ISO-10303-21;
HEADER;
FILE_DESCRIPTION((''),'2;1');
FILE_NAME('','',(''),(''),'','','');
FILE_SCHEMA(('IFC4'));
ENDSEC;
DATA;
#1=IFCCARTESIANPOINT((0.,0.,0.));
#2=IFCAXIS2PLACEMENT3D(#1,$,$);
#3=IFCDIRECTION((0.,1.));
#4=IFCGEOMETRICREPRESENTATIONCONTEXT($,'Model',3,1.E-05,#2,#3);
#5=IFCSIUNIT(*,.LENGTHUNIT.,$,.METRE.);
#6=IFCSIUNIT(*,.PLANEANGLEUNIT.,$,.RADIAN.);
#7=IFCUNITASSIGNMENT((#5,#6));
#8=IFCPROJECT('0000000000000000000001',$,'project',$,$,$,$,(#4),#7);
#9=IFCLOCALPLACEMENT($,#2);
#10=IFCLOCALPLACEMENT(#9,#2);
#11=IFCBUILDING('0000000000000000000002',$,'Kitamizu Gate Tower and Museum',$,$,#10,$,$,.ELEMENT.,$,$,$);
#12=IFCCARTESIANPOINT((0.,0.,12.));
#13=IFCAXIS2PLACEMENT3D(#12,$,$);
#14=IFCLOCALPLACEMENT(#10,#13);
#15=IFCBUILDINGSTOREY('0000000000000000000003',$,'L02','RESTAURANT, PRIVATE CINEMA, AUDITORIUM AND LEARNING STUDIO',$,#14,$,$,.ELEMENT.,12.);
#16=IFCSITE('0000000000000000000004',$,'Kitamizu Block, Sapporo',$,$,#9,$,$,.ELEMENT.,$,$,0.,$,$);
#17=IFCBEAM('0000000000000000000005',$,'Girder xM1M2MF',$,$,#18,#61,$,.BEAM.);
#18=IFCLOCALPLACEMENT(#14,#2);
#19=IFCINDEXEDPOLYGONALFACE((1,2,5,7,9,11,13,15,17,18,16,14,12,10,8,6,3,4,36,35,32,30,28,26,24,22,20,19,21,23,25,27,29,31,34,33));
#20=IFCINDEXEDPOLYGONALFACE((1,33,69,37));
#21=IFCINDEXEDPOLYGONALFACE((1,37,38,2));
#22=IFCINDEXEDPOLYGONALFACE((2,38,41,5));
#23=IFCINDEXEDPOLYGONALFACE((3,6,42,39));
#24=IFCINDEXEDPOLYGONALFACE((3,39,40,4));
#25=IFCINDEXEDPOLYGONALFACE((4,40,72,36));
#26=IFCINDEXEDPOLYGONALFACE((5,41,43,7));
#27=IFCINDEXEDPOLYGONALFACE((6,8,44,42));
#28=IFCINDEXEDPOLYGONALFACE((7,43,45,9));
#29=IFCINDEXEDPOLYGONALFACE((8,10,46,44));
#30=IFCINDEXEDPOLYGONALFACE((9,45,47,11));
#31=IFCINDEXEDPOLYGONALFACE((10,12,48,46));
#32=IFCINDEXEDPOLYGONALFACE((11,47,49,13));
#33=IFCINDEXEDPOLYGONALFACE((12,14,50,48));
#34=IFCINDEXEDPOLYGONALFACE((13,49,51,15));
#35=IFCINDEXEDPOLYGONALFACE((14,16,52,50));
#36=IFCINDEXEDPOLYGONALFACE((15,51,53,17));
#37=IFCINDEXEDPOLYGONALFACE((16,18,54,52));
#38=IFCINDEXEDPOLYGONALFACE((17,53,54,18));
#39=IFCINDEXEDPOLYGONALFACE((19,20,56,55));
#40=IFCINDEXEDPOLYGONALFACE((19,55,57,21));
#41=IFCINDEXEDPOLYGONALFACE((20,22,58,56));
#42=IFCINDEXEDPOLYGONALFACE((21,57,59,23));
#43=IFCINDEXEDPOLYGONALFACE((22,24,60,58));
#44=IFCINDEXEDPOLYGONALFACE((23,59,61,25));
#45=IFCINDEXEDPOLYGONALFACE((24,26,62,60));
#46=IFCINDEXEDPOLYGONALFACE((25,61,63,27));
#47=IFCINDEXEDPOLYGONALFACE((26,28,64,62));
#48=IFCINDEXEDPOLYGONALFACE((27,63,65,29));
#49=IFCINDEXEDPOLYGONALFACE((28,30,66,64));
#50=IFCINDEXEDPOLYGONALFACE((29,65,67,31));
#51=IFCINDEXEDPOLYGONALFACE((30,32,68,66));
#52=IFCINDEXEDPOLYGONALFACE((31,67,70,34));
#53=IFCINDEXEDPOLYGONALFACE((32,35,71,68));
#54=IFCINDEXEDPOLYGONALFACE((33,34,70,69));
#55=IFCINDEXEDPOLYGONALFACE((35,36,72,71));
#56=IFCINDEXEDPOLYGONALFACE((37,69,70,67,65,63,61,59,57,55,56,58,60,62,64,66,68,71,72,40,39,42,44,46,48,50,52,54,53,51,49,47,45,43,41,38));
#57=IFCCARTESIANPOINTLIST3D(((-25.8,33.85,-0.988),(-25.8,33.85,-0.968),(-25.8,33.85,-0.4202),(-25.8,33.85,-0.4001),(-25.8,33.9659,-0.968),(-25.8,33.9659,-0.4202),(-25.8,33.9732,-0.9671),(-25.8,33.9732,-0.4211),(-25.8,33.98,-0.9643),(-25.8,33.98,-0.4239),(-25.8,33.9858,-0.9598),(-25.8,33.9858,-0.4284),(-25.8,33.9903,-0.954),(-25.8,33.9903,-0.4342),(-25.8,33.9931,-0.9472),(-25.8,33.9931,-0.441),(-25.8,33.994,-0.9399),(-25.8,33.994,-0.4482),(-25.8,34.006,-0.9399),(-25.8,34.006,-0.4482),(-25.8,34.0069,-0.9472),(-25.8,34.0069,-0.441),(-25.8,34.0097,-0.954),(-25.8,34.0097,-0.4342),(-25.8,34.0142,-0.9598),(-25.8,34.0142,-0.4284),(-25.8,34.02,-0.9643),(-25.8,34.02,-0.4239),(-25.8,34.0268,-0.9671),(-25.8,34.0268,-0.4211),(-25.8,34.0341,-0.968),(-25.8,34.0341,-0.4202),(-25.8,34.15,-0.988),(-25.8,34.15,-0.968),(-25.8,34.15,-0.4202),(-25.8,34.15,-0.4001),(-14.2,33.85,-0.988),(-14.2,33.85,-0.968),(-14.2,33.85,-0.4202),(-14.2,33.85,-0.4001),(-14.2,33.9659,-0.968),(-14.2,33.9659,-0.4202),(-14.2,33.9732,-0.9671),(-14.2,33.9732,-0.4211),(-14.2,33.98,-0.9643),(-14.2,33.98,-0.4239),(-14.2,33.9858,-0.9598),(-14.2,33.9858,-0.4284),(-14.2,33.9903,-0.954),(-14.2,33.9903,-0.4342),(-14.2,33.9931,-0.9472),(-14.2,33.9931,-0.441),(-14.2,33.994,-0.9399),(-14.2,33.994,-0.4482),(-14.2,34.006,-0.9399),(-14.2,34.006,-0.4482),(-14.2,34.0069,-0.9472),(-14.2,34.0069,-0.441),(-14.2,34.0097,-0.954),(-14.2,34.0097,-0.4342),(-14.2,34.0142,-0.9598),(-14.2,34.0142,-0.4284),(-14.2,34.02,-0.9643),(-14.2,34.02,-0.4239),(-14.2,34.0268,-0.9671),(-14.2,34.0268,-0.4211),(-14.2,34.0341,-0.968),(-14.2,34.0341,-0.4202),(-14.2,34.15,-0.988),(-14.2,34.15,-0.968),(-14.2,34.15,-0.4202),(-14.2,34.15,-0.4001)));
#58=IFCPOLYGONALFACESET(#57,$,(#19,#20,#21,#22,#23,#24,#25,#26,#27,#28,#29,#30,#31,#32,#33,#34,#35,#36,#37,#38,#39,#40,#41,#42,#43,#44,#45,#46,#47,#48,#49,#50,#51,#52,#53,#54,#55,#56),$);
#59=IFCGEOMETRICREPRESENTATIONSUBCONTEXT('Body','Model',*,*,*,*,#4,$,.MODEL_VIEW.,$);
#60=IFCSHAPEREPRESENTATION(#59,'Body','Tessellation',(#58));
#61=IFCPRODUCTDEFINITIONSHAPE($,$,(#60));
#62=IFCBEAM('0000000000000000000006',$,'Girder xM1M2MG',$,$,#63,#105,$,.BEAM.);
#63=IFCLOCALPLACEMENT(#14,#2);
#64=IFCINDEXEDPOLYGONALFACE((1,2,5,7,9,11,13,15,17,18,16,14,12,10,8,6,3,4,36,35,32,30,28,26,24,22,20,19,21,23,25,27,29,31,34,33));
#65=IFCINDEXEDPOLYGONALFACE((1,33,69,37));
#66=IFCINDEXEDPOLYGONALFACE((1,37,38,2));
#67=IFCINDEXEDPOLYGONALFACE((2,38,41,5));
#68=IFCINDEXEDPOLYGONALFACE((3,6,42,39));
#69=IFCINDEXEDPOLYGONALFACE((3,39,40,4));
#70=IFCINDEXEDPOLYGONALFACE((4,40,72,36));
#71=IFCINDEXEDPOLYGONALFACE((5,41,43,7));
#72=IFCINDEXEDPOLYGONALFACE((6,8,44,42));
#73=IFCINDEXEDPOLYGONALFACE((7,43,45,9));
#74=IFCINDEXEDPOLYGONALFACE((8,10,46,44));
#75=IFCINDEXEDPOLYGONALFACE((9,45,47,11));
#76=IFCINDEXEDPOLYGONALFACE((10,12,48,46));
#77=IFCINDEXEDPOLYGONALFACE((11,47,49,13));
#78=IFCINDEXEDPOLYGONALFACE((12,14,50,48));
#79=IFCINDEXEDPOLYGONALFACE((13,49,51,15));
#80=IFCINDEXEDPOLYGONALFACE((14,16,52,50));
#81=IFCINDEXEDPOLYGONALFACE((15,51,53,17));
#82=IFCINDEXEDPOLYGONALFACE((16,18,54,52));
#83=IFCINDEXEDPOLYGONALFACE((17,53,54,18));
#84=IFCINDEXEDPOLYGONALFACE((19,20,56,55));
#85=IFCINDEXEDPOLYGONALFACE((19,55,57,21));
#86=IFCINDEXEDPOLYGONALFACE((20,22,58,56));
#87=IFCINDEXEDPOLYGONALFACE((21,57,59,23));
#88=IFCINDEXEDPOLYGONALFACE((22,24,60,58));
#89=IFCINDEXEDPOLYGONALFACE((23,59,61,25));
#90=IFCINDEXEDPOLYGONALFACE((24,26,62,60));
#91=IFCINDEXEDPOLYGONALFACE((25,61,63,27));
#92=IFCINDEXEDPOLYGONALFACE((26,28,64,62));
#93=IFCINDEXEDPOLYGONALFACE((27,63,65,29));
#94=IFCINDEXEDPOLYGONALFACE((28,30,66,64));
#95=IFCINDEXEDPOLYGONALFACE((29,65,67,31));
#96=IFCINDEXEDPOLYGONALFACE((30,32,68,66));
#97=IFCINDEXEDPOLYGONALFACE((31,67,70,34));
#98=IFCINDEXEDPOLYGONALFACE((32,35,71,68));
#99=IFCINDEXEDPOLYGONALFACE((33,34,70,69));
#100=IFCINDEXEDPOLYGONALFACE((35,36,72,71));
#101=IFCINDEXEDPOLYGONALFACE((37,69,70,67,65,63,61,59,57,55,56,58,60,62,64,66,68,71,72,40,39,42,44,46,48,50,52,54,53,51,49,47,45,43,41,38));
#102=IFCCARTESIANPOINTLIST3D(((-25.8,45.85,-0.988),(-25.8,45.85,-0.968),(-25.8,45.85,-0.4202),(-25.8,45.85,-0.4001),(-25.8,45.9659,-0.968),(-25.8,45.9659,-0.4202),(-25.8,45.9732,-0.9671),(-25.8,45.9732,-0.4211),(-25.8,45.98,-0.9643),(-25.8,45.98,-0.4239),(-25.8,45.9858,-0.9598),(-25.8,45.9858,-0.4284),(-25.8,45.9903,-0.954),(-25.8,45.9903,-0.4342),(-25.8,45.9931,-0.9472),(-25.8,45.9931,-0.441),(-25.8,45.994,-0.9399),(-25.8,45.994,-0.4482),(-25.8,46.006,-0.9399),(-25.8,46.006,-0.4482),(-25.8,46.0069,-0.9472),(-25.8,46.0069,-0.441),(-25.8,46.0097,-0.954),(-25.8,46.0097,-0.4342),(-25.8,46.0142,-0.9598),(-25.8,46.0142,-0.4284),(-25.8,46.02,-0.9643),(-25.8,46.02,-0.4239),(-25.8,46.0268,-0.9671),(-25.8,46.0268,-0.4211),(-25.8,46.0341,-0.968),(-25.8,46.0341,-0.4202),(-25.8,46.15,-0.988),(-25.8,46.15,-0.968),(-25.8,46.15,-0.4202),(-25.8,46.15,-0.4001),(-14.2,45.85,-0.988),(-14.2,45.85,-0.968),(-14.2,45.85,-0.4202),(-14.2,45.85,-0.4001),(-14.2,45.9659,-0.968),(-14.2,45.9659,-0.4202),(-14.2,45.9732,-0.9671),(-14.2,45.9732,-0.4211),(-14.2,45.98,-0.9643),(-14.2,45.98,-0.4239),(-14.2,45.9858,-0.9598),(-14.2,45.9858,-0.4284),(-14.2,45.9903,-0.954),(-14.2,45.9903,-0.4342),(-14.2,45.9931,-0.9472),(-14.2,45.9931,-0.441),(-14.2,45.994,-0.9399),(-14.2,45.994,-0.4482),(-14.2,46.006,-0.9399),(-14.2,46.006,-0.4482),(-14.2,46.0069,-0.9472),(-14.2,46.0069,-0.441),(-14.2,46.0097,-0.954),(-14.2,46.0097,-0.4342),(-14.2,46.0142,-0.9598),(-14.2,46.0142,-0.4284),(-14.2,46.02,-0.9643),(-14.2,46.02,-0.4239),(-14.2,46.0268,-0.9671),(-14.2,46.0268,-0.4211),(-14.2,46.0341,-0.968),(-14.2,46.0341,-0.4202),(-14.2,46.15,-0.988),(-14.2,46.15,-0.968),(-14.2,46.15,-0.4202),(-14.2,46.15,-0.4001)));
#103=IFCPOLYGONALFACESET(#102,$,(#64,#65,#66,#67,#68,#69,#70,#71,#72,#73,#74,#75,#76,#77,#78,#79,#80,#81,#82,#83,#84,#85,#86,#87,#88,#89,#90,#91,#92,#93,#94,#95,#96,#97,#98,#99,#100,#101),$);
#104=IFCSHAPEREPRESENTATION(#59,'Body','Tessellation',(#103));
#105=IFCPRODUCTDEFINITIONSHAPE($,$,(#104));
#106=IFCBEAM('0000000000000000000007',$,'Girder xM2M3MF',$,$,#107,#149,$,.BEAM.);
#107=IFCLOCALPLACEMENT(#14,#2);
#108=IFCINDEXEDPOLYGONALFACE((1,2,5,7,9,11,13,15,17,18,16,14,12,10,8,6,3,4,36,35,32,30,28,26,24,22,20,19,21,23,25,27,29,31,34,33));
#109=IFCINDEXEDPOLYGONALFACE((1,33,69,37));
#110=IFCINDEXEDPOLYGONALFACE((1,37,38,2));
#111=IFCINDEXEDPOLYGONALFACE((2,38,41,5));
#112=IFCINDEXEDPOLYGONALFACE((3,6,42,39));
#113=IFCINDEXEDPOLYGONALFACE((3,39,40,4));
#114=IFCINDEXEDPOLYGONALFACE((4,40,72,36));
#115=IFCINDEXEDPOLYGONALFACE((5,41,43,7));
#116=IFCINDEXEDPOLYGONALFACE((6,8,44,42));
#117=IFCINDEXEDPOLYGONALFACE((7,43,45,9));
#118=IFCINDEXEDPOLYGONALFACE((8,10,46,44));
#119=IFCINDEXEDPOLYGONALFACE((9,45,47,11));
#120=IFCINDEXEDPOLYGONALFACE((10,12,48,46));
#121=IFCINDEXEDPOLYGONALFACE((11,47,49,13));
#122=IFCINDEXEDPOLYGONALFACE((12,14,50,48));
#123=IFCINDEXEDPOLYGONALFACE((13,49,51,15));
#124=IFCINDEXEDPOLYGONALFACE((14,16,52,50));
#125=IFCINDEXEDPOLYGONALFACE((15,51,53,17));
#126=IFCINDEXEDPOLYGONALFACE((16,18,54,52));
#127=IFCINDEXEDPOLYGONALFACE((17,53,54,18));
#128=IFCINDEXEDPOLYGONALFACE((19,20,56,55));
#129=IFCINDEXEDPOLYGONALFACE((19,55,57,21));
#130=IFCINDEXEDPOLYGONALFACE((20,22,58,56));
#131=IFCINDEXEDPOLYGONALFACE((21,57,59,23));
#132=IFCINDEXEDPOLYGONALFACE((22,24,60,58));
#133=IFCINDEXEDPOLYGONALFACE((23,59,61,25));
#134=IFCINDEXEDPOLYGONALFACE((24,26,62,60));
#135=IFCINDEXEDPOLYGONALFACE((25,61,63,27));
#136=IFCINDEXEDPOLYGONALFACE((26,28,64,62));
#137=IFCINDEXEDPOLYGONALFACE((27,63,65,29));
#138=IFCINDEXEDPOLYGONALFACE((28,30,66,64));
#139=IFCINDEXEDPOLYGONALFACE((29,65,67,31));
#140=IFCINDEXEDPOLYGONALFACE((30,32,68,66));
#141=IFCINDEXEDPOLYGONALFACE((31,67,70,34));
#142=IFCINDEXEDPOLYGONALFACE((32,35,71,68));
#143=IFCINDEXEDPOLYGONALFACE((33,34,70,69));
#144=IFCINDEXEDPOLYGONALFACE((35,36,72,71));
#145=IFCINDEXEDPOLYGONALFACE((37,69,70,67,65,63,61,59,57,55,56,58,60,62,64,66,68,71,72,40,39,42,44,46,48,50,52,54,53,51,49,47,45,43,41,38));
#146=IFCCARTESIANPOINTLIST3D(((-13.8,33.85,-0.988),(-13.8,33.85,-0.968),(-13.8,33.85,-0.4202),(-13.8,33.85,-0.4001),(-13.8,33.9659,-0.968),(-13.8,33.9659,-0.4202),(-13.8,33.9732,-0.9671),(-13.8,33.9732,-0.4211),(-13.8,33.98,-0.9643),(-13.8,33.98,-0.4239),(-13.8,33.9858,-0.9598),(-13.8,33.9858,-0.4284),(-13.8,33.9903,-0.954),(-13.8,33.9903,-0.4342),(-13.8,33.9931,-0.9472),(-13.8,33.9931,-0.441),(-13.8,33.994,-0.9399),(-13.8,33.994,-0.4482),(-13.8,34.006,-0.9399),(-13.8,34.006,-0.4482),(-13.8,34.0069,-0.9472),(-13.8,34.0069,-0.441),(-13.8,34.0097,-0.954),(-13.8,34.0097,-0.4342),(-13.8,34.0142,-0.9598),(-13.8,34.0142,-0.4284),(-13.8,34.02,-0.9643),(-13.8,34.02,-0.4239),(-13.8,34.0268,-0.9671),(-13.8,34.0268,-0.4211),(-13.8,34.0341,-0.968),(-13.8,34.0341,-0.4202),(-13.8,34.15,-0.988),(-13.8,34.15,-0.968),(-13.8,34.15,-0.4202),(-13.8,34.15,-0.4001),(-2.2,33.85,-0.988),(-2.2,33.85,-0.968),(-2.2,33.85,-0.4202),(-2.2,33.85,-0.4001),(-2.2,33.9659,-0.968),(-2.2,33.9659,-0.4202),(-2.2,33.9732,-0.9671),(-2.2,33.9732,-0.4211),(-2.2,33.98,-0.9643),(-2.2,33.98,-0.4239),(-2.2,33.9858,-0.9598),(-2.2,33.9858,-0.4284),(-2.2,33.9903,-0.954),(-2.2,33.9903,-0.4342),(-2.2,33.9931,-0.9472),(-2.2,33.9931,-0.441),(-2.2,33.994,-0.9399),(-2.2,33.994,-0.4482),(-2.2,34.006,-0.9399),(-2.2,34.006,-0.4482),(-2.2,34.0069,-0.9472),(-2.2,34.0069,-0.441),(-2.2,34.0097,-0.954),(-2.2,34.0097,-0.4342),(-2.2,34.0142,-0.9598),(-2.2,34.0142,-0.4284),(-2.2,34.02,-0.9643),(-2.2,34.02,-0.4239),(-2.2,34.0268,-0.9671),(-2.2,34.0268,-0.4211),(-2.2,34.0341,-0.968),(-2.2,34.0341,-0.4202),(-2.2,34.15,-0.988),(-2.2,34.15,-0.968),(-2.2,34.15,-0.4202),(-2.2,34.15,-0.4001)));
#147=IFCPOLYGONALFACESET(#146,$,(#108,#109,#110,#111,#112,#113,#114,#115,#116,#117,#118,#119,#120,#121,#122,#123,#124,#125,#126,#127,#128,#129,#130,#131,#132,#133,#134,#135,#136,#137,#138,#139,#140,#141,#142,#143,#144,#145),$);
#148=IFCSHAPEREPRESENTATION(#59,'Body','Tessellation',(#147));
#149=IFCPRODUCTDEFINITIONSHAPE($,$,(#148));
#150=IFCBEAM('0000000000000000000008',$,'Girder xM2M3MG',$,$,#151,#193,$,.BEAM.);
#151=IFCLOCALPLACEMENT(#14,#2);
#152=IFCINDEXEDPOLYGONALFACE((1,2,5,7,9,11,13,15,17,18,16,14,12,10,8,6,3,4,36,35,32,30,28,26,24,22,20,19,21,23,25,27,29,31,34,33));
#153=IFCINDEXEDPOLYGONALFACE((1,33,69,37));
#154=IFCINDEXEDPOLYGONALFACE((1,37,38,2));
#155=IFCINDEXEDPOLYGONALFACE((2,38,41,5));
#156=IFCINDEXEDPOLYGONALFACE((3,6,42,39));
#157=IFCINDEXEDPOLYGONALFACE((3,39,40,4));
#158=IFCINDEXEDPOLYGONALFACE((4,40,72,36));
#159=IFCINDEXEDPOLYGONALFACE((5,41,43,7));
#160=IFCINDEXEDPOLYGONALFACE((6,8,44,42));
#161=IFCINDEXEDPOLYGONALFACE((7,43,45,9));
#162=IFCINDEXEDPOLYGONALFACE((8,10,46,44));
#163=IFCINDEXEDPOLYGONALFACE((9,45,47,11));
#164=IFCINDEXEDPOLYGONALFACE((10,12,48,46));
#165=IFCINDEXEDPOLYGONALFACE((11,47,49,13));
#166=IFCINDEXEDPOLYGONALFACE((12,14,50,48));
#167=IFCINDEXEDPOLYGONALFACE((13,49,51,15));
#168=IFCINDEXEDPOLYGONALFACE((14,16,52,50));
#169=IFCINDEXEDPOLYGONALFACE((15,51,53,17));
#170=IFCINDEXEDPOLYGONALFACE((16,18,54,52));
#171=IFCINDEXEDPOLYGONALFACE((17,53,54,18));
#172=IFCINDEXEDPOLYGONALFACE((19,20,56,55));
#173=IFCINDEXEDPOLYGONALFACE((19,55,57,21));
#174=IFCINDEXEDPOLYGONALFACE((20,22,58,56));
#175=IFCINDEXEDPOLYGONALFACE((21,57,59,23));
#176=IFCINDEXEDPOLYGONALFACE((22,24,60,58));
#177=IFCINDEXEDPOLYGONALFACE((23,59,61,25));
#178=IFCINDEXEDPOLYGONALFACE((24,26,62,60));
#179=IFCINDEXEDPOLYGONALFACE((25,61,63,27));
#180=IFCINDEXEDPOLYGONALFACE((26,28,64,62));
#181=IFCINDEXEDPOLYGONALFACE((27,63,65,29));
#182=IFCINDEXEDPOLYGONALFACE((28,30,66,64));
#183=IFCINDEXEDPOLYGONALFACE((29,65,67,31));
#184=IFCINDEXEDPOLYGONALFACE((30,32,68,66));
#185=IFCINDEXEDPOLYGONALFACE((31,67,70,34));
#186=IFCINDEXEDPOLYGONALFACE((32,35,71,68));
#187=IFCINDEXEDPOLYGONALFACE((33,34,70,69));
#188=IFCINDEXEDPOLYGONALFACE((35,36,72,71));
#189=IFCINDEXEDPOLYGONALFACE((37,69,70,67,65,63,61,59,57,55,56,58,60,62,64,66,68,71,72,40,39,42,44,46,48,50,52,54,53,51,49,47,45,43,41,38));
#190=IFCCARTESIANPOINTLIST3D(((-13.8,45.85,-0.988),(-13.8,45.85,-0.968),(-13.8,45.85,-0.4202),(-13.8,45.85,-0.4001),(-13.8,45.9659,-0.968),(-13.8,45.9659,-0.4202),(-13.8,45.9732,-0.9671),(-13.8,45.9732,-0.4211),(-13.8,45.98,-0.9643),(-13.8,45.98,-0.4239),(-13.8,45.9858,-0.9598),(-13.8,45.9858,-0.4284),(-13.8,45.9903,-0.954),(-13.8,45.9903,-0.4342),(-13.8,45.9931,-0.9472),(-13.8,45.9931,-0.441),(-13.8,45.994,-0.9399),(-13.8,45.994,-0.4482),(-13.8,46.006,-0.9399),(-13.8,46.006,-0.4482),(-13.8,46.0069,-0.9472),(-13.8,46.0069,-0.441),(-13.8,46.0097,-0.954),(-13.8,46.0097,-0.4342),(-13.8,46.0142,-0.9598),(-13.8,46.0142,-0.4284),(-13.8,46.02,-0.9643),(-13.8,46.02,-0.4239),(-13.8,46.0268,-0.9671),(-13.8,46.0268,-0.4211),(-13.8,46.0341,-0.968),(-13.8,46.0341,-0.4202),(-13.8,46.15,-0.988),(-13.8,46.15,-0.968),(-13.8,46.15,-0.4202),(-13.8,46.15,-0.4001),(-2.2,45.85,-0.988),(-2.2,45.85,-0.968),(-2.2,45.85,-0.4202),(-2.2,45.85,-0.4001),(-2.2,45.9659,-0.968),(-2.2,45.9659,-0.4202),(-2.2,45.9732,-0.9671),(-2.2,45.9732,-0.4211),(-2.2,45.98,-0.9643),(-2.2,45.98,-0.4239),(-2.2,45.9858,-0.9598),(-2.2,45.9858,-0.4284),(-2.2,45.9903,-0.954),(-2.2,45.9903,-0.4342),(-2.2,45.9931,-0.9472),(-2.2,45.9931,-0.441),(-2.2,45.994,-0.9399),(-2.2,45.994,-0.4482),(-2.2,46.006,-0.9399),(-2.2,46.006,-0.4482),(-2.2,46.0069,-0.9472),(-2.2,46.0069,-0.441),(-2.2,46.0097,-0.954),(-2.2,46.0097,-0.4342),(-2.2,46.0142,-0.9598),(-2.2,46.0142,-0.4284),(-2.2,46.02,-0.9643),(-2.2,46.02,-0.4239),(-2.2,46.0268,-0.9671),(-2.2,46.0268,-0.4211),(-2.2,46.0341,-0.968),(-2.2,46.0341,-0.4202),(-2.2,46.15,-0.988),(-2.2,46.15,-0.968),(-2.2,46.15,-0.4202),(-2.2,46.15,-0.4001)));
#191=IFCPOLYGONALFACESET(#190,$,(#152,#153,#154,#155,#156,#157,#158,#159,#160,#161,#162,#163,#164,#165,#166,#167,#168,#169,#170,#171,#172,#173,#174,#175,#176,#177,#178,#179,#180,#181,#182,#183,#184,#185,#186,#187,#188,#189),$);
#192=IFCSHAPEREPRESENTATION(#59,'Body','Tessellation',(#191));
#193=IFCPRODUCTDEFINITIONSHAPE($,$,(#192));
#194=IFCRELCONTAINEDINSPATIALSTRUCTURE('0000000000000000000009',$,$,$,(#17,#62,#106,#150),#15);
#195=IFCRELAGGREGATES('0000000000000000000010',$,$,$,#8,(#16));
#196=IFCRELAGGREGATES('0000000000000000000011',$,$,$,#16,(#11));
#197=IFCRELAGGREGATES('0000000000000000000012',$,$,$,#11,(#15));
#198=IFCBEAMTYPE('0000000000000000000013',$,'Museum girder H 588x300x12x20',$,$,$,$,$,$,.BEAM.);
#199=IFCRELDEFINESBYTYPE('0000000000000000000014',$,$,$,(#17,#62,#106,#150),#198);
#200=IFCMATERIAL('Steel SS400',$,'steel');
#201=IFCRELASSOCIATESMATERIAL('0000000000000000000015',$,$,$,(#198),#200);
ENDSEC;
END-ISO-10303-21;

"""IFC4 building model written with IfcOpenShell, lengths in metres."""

from ifc_helpers import new_model, si_unit, direction, frame, origin, origin_2d, place, context, subcontext, project, spatial, i_section, extrude, material, material_profile, profile_set, type_object, element, save


model = new_model("IFC4")

# Units and contexts
model_context = context("Model", 3, precision=1e-05, world=origin(), true_north=direction((0.0, 1.0)))
body_context = subcontext(model_context, "Body", "Model", "MODEL_VIEW")
ifc_project = project(units=[si_unit("LENGTHUNIT", "METRE"), si_unit("PLANEANGLEUNIT", "RADIAN")], contexts=[model_context])

# Site, building, storey
site_placement = place(None, origin())
site = spatial("IfcSite", under=ifc_project, at=site_placement, Name="Kitamizu Block, Sapporo", CompositionType="ELEMENT", RefElevation=0.0)
building_placement = place(site_placement, origin())
building = spatial("IfcBuilding", under=site, at=building_placement, Name="Kitamizu Gate Tower and Museum", CompositionType="ELEMENT")
storey_placement = place(building_placement, frame((0.0, 0.0, 12.0)))
storey = spatial("IfcBuildingStorey", under=building, at=storey_placement, Name="L02", Description="RESTAURANT, PRIVATE CINEMA, AUDITORIUM AND LEARNING STUDIO", CompositionType="ELEMENT", Elevation=12.0)

# Beams
ifc_material_1 = material(Name="Steel SS400", Category="steel")
ifc_material_profile_1 = material_profile(ifc_material_1, i_section(OverallWidth=0.3, OverallDepth=0.5879, WebThickness=0.012, FlangeThickness=0.02, FilletRadius=0.0281, at=origin_2d()), Name="H-588x300x12x20")
ifc_profile_set_1 = profile_set([ifc_material_profile_1], Name="Steel SS400")
beam_type_1 = type_object("IfcBeamType", Name="Museum girder H 588x300x12x20", PredefinedType="BEAM", material=ifc_profile_set_1)
for number, where, z_axis, x_axis, name in (
    (1, (-25.8, 34.0, -0.6941), (1.0, 0.0, 0.0), (0.0, 1.0, 0.0), "Girder xM1M2MF"),
    (2, (-25.8, 46.0, -0.6941), (1.0, 0.0, 0.0), (0.0, 1.0, 0.0), "Girder xM1M2MG"),
    (3, (-13.8, 34.0, -0.6941), (1.0, 0.0, 0.0), (0.0, 1.0, 0.0), "Girder xM2M3MF"),
    (4, (-13.8, 46.0, -0.6941), (1.0, 0.0, 0.0), (0.0, 1.0, 0.0), "Girder xM2M3MG"),
):
    element("IfcBeam", number, at=place(storey_placement, frame(where, z_axis=z_axis, x_axis=x_axis)), inside=storey, type_object=beam_type_1, Name=name, PredefinedType="BEAM", context=body_context, shape_type="SweptSolid", body=[
        extrude(i_section(OverallWidth=0.3, OverallDepth=0.5879, WebThickness=0.012, FlangeThickness=0.02, FilletRadius=0.0281, at=origin_2d()), origin(), (0.0, 0.0, 1.0), 11.6001),
    ])

save(model, "model.ifc")
